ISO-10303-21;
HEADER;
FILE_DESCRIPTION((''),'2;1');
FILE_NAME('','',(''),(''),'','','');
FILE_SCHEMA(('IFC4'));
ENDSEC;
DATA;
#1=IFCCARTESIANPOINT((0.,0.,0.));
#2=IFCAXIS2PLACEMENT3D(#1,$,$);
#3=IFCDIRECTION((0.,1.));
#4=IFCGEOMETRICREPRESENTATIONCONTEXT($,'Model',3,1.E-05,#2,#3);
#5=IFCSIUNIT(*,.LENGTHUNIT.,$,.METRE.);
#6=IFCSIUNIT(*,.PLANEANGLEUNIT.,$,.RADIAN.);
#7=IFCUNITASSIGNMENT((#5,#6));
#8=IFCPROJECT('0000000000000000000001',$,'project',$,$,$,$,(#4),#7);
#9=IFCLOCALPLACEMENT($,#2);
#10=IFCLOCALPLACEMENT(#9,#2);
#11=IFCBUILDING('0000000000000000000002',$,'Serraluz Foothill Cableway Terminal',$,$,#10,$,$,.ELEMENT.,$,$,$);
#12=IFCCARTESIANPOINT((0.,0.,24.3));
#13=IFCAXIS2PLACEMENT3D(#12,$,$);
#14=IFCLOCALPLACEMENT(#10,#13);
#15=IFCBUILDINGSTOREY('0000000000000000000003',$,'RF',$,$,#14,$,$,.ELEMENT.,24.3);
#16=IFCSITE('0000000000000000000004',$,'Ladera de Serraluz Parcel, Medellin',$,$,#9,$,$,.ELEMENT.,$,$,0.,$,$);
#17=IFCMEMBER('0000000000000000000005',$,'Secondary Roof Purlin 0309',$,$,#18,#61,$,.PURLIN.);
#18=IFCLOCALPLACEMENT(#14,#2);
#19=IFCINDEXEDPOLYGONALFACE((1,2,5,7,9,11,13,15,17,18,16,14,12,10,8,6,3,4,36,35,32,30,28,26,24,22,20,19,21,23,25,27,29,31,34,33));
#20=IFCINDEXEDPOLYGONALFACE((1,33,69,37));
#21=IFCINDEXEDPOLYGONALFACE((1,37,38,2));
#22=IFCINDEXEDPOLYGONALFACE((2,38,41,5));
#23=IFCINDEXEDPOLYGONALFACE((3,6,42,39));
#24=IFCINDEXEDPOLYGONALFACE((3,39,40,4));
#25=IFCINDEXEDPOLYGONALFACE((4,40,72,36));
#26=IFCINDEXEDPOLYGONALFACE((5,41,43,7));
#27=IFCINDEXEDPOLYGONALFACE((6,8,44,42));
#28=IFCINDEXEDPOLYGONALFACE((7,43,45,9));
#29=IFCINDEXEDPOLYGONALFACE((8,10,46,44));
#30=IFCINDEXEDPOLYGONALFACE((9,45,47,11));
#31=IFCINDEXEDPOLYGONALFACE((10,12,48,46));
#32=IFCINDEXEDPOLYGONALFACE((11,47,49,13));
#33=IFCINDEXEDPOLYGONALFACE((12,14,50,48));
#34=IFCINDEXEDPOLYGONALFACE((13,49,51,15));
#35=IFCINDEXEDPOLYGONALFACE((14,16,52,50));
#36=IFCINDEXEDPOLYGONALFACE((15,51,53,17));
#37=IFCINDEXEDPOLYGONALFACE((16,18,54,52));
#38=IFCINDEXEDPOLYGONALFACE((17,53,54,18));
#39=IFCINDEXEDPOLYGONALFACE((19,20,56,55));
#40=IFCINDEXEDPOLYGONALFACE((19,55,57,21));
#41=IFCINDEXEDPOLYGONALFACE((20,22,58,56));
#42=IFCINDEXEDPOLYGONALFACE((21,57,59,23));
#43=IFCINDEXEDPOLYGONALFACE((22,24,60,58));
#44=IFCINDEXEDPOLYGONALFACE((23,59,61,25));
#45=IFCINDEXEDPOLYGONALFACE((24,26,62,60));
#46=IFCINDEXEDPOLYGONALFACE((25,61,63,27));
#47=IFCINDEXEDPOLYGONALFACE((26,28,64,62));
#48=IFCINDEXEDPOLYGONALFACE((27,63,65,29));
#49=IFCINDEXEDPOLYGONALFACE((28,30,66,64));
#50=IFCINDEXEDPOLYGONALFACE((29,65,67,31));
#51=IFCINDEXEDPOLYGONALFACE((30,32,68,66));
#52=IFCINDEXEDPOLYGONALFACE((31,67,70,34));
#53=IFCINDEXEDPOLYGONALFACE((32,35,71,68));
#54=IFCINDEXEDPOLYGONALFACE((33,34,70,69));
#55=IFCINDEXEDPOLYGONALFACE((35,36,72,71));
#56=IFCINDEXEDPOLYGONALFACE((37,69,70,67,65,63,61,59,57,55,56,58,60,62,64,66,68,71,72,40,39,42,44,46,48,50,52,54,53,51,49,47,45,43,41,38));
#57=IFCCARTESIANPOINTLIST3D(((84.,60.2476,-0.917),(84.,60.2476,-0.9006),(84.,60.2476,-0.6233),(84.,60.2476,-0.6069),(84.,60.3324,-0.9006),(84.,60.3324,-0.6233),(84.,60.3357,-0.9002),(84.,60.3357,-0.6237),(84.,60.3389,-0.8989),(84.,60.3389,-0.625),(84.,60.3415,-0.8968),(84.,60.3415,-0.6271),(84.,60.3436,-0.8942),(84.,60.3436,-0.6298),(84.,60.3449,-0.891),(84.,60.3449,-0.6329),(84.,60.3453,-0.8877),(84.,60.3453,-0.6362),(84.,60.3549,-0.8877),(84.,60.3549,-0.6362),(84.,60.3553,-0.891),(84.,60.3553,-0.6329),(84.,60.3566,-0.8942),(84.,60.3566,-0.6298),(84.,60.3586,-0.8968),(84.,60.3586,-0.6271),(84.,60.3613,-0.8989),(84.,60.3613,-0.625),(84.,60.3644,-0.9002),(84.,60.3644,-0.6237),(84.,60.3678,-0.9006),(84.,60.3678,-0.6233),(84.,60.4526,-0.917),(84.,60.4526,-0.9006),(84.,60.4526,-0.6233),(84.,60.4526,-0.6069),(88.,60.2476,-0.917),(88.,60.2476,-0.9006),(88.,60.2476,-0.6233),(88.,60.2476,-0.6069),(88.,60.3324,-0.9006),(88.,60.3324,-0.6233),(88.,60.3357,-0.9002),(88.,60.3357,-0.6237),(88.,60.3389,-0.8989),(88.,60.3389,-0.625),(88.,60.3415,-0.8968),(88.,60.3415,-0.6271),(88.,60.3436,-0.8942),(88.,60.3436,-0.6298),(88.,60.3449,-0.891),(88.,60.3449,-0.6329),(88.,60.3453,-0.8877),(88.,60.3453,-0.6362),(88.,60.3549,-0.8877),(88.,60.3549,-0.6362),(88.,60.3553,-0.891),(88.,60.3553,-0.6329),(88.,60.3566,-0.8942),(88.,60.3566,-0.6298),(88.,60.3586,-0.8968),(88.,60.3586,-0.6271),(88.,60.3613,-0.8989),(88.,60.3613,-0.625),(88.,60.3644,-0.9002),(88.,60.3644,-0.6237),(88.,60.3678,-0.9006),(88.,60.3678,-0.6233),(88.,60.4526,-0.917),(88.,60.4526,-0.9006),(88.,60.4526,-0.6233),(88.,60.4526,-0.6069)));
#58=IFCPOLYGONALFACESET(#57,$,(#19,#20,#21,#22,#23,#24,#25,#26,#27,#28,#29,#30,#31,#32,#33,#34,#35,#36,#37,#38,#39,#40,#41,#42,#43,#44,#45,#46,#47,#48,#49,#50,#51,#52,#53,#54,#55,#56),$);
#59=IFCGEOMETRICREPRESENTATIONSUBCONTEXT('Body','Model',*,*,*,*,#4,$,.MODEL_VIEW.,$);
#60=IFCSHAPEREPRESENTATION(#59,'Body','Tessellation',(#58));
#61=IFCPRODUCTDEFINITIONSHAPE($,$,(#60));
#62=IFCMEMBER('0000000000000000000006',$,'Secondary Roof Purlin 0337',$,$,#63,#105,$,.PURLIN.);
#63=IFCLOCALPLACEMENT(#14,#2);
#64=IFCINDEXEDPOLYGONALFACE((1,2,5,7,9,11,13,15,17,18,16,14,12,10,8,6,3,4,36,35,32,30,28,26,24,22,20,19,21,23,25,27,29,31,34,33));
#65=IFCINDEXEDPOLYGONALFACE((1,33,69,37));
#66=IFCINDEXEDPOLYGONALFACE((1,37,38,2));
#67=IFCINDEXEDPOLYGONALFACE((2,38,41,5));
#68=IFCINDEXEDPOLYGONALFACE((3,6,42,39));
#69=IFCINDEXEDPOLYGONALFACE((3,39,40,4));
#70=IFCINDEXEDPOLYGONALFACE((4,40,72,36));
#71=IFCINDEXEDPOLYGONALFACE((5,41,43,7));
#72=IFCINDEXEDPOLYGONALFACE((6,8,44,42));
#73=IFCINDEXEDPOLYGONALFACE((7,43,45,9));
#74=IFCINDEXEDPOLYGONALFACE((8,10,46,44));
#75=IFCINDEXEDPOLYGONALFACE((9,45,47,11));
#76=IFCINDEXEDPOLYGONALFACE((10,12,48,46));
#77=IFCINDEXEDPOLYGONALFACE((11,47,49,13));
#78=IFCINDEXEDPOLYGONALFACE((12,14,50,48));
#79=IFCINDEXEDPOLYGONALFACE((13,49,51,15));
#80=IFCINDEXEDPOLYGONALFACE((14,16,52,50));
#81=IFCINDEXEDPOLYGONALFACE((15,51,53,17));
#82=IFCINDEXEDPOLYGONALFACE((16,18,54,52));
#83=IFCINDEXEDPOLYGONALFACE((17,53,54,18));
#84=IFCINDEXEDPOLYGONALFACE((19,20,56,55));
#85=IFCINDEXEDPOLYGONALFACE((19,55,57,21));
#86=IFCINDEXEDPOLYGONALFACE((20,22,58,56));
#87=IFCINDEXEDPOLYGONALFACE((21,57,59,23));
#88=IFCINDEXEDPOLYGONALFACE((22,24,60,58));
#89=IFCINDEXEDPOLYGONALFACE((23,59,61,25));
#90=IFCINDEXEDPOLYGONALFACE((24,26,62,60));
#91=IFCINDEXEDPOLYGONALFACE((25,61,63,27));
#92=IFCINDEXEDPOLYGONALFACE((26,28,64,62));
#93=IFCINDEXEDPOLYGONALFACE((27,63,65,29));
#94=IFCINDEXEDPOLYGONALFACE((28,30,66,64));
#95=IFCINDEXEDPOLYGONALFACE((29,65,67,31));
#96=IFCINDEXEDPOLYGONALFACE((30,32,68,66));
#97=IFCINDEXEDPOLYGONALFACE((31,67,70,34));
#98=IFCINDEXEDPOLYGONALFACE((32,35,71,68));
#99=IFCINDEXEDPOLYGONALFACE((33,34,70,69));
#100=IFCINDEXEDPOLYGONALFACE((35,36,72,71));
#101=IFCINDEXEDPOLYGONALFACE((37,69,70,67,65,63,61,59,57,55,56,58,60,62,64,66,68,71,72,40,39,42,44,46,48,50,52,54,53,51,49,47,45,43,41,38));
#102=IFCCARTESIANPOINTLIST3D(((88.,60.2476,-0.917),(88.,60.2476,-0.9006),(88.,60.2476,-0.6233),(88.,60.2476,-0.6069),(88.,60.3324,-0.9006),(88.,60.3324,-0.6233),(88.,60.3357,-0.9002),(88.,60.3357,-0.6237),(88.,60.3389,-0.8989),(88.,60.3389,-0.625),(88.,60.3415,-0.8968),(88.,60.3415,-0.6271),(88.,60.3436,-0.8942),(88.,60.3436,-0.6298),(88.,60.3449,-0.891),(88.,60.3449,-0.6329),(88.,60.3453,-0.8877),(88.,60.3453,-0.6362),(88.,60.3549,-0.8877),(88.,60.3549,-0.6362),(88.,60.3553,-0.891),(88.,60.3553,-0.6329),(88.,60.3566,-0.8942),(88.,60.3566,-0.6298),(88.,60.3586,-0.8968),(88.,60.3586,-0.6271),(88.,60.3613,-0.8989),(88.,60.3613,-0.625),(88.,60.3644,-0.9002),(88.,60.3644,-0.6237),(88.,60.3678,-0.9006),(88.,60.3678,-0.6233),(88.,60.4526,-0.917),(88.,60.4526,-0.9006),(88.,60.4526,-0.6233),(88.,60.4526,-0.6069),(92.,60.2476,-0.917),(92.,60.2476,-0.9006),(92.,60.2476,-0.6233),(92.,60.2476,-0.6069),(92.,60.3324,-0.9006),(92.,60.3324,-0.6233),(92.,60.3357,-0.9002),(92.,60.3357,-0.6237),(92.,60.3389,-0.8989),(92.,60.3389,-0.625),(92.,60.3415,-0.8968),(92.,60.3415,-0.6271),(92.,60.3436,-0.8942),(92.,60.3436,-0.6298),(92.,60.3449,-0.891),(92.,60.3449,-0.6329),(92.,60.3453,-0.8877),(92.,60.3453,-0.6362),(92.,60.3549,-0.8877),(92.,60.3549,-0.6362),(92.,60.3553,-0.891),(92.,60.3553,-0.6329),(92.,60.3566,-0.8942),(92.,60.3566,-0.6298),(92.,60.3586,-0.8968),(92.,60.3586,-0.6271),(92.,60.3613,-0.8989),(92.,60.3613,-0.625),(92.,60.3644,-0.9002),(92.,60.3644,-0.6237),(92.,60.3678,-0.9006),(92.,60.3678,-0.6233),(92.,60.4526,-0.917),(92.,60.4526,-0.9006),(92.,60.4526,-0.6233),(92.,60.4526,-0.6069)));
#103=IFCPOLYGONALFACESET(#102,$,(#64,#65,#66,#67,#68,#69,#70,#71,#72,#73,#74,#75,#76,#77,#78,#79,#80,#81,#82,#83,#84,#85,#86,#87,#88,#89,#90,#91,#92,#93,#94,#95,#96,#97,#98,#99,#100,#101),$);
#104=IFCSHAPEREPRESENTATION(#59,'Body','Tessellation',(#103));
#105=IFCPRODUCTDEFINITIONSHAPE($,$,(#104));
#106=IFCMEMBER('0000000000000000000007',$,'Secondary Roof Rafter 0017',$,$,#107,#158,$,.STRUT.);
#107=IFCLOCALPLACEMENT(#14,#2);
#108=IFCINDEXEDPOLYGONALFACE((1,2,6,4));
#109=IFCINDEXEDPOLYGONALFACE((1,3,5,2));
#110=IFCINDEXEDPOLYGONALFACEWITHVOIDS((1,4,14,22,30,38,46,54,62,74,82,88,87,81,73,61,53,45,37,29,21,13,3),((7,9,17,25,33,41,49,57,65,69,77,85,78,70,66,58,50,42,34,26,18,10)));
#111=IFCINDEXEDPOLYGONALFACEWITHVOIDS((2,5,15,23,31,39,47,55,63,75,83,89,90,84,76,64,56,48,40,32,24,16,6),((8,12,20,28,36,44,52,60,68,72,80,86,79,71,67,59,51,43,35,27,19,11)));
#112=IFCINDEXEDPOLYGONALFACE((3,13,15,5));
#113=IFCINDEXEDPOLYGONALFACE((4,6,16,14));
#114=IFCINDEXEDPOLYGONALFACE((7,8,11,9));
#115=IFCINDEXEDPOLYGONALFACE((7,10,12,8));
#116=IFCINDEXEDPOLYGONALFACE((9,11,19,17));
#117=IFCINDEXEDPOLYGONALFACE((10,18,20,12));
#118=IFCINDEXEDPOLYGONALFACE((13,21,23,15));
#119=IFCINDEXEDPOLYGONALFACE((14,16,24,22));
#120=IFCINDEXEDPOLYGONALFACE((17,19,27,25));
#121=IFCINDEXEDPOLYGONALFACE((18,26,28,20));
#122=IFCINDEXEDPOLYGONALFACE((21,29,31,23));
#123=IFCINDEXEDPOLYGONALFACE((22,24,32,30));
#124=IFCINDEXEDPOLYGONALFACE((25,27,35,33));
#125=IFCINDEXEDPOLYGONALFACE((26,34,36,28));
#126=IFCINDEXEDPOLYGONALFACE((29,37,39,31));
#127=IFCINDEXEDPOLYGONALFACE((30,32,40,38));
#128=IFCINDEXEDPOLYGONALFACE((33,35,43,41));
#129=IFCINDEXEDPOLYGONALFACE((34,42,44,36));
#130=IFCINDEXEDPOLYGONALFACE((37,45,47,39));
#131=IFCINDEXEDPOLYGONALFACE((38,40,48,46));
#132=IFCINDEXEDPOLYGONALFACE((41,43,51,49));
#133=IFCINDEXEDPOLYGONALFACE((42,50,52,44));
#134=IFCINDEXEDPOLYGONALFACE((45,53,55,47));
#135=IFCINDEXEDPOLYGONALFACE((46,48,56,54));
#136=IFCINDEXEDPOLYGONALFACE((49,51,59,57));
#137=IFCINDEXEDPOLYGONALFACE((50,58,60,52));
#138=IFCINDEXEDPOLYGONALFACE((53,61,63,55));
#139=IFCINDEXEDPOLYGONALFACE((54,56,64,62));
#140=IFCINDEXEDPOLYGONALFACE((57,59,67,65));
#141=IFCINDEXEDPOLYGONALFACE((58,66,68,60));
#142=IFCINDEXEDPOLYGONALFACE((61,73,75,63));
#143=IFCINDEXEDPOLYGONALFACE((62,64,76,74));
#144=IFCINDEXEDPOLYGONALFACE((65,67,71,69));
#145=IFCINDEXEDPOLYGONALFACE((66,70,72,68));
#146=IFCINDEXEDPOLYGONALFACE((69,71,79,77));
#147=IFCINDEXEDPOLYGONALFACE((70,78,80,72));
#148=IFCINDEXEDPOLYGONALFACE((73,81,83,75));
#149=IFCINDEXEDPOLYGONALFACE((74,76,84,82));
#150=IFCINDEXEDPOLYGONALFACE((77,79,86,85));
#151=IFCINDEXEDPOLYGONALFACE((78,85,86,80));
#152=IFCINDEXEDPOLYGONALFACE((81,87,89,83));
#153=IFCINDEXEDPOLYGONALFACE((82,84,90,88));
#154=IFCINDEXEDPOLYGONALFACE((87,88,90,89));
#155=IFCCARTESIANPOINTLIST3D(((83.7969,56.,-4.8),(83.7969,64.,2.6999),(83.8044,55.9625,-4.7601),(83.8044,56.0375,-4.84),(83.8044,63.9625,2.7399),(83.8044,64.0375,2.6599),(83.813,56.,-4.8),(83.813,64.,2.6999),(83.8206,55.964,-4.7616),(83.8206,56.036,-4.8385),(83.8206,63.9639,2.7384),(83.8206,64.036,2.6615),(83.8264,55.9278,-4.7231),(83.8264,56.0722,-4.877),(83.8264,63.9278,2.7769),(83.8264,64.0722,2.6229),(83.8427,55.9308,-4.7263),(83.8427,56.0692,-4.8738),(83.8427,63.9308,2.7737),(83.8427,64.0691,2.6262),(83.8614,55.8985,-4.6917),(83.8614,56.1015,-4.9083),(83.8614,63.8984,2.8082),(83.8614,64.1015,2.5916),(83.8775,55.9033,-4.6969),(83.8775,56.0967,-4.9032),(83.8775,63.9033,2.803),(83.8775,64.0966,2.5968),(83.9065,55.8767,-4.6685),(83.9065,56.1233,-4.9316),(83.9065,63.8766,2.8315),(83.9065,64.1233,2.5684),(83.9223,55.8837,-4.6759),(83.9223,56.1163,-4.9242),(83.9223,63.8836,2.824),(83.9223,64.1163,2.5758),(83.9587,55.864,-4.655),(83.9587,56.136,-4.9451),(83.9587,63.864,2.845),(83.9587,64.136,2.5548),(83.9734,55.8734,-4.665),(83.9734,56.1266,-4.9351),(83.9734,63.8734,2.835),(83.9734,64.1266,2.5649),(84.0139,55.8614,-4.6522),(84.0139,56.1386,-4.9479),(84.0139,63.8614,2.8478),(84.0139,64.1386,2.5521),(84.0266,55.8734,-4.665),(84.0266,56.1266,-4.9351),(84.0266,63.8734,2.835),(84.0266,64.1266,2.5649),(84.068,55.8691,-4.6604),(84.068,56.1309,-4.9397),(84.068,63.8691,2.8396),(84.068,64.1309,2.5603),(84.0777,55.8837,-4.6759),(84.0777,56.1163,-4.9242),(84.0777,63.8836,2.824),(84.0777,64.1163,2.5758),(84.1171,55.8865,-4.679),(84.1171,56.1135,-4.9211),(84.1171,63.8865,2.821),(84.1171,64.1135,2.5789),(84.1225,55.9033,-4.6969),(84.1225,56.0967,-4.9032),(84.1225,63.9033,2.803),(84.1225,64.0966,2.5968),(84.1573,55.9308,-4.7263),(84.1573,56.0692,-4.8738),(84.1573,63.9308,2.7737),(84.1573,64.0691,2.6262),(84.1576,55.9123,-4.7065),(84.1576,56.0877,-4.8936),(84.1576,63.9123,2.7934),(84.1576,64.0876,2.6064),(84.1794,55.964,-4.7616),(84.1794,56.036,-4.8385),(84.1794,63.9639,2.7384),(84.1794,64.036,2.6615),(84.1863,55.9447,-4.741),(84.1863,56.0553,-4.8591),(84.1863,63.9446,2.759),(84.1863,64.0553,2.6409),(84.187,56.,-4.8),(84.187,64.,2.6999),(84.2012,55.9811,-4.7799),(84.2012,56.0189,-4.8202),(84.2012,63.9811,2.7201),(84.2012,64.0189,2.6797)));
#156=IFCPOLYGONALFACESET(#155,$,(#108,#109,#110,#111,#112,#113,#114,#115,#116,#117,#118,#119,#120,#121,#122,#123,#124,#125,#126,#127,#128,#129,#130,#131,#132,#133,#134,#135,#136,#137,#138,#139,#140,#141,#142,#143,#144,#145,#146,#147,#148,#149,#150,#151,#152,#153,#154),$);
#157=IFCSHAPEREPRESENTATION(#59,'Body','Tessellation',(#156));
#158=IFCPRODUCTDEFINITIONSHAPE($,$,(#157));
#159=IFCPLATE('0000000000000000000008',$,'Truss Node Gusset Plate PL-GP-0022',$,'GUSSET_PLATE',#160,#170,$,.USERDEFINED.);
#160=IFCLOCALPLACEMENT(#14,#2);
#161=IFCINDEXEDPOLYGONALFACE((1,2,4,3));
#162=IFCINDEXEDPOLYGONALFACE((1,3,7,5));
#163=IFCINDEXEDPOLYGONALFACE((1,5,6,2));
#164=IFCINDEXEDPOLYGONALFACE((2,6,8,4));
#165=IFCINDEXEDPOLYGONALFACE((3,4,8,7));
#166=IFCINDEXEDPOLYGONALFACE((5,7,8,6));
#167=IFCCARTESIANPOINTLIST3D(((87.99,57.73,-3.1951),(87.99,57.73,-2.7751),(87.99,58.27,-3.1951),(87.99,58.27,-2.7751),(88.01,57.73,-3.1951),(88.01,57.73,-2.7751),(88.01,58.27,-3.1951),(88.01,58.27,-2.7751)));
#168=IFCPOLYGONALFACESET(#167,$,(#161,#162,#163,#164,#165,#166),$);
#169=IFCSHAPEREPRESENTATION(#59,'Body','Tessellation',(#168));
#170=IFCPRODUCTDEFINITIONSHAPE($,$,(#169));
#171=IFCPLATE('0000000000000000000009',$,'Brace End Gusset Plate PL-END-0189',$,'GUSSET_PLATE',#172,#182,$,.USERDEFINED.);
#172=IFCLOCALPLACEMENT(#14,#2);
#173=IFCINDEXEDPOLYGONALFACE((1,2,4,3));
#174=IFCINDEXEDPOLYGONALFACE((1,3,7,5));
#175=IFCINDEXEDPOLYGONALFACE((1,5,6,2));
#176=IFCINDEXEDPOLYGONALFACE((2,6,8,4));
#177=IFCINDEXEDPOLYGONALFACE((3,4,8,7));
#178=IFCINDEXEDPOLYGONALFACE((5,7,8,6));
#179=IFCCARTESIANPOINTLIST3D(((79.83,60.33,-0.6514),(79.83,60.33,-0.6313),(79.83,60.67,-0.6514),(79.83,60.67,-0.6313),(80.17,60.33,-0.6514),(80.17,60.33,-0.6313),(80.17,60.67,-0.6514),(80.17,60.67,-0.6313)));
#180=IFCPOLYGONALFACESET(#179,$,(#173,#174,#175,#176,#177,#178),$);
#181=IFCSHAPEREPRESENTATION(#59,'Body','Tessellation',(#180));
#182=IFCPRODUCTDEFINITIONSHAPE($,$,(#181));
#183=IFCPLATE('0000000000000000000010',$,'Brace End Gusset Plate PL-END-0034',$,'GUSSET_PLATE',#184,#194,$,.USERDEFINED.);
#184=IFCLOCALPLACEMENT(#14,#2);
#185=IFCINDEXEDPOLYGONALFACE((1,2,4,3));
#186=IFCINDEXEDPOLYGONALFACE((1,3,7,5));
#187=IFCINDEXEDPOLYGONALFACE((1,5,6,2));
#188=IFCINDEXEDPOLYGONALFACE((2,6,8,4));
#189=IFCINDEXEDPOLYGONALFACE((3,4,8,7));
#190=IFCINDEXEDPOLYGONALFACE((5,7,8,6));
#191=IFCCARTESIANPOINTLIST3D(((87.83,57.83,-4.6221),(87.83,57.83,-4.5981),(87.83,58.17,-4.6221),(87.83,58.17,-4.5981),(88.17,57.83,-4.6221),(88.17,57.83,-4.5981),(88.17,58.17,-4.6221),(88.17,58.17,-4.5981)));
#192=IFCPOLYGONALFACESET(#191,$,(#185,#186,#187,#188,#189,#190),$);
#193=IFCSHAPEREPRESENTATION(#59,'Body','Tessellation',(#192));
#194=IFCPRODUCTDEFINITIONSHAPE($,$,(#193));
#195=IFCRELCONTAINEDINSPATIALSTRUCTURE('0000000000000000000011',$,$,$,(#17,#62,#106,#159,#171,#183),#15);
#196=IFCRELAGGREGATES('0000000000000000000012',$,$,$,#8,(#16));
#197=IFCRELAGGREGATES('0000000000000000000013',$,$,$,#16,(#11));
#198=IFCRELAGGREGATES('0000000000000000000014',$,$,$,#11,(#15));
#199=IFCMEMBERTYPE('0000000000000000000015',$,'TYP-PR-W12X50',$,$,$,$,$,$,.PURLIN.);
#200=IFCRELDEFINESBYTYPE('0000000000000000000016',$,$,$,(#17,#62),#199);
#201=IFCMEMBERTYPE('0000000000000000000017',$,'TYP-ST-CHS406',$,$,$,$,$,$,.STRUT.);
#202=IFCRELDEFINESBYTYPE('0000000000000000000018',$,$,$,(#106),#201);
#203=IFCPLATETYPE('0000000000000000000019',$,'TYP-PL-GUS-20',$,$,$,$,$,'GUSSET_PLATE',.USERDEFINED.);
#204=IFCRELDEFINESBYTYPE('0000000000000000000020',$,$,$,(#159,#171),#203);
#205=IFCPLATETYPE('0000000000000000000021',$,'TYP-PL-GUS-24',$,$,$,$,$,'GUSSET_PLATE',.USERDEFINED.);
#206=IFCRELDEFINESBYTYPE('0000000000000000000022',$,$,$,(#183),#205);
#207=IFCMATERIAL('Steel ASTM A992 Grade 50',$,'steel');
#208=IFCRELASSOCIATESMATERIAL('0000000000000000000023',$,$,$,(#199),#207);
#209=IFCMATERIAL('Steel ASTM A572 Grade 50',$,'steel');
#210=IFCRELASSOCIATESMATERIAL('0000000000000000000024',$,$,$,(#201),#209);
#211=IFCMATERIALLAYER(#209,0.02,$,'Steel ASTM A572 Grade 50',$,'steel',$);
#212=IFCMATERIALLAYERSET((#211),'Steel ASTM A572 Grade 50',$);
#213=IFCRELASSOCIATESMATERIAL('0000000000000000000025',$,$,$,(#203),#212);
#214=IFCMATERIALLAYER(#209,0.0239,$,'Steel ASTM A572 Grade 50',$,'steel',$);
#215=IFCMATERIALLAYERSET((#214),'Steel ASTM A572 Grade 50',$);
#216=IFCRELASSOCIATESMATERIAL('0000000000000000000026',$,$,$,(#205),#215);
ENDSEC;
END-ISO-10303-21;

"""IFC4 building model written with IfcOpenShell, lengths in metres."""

from ifc_helpers import new_model, si_unit, direction, frame, origin, origin_2d, place, context, subcontext, project, spatial, rectangle, hollow_circle, i_section, extrude, material, layer, layer_set, material_profile, profile_set, type_object, element, save


model = new_model("IFC4")

# Units and contexts
model_context = context("Model", 3, precision=1e-05, world=origin(), true_north=direction((0.0, 1.0)))
body_context = subcontext(model_context, "Body", "Model", "MODEL_VIEW")
ifc_project = project(units=[si_unit("LENGTHUNIT", "METRE"), si_unit("PLANEANGLEUNIT", "RADIAN")], contexts=[model_context])

# Site, building, storey
site_placement = place(None, origin())
site = spatial("IfcSite", under=ifc_project, at=site_placement, Name="Ladera de Serraluz Parcel, Medellin", CompositionType="ELEMENT", RefElevation=0.0)
building_placement = place(site_placement, origin())
building = spatial("IfcBuilding", under=site, at=building_placement, Name="Serraluz Foothill Cableway Terminal", CompositionType="ELEMENT")
storey_placement = place(building_placement, frame((0.0, 0.0, 24.3)))
storey = spatial("IfcBuildingStorey", under=building, at=storey_placement, Name="RF", CompositionType="ELEMENT", Elevation=24.3)

# Members
ifc_material_1 = material(Name="Steel ASTM A572 Grade 50", Category="steel")
ifc_material_2 = material(Name="Steel ASTM A992 Grade 50", Category="steel")
ifc_material_profile_1 = material_profile(ifc_material_2, i_section(OverallWidth=0.2051, OverallDepth=0.3101, WebThickness=0.0095, FlangeThickness=0.0164, FilletRadius=0.0129, at=origin_2d()), Name="W12X50")
ifc_profile_set_1 = profile_set([ifc_material_profile_1], Name="Steel ASTM A992 Grade 50")
member_type_1 = type_object("IfcMemberType", Name="TYP-PR-W12X50", PredefinedType="PURLIN", material=ifc_profile_set_1)
for number, where, z_axis, x_axis, name in (
    (1, (84.0, 60.3501, -0.762), (1.0, 0.0, 0.0), (0.0, 1.0, 0.0), "Secondary Roof Purlin 0309"),
    (2, (88.0, 60.3501, -0.762), (1.0, 0.0, 0.0), (0.0, 1.0, 0.0), "Secondary Roof Purlin 0337"),
):
    element("IfcMember", number, at=place(storey_placement, frame(where, z_axis=z_axis, x_axis=x_axis)), inside=storey, type_object=member_type_1, Name=name, PredefinedType="PURLIN", context=body_context, shape_type="SweptSolid", body=[
        extrude(i_section(OverallWidth=0.2051, OverallDepth=0.3101, WebThickness=0.0095, FlangeThickness=0.0164, FilletRadius=0.0129, at=origin_2d()), origin(), (0.0, 0.0, 1.0), 4.0),
    ])
ifc_material_profile_2 = material_profile(ifc_material_1, hollow_circle(Radius=0.2031, WallThickness=0.0161, at=origin_2d()), Name="CHS406X16")
ifc_profile_set_2 = profile_set([ifc_material_profile_2], Name="Steel ASTM A572 Grade 50")
member_type_2 = type_object("IfcMemberType", Name="TYP-ST-CHS406", PredefinedType="STRUT", material=ifc_profile_set_2)
member_1_placement = place(storey_placement, frame((84.0, 56.0, -4.8), z_axis=(0.0, 0.729537, 0.683941), x_axis=(-1.0, 0.0, 0.0)))
element("IfcMember", 3, at=member_1_placement, inside=storey, type_object=member_type_2, Name="Secondary Roof Rafter 0017", PredefinedType="STRUT", context=body_context, shape_type="SweptSolid", body=[
    extrude(hollow_circle(Radius=0.2031, WallThickness=0.0161, at=origin_2d()), origin(), (0.0, 0.0, 1.0), 10.9658),
])

# Plates
ifc_layer_1 = layer(ifc_material_1, 0.02, Name="Steel ASTM A572 Grade 50", Category="steel")
ifc_layer_set_1 = layer_set([ifc_layer_1], Name="Steel ASTM A572 Grade 50")
plate_type_1 = type_object("IfcPlateType", Name="TYP-PL-GUS-20", ElementType="GUSSET_PLATE", PredefinedType="USERDEFINED", material=ifc_layer_set_1)
plate_1_placement = place(storey_placement, frame((88.0, 58.0, -3.1951), z_axis=(0.0, 0.0, 1.0), x_axis=(1.0, 0.0, 0.0)))
element("IfcPlate", 4, at=plate_1_placement, inside=storey, type_object=plate_type_1, Name="Truss Node Gusset Plate PL-GP-0022", ObjectType="GUSSET_PLATE", PredefinedType="USERDEFINED", context=body_context, shape_type="SweptSolid", body=[
    extrude(rectangle(XDim=0.02, YDim=0.54, at=origin_2d()), origin(), (0.0, 0.0, 1.0), 0.4199),
])
plate_2_placement = place(storey_placement, frame((80.0, 60.5, -0.6514), z_axis=(0.0, 0.0, 1.0), x_axis=(1.0, 0.0, 0.0)))
element("IfcPlate", 5, at=plate_2_placement, inside=storey, type_object=plate_type_1, Name="Brace End Gusset Plate PL-END-0189", ObjectType="GUSSET_PLATE", PredefinedType="USERDEFINED", context=body_context, shape_type="SweptSolid", body=[
    extrude(rectangle(XDim=0.3401, YDim=0.3401, at=origin_2d()), origin(), (0.0, 0.0, 1.0), 0.02),
])
ifc_layer_2 = layer(ifc_material_1, 0.0239, Name="Steel ASTM A572 Grade 50", Category="steel")
ifc_layer_set_2 = layer_set([ifc_layer_2], Name="Steel ASTM A572 Grade 50")
plate_type_2 = type_object("IfcPlateType", Name="TYP-PL-GUS-24", ElementType="GUSSET_PLATE", PredefinedType="USERDEFINED", material=ifc_layer_set_2)
for number, where, z_axis, x_axis, name in (
    (6, (88.0, 58.0, -4.6221), (0.0, 0.0, 1.0), (1.0, 0.0, 0.0), "Brace End Gusset Plate PL-END-0034"),
):
    element("IfcPlate", number, at=place(storey_placement, frame(where, z_axis=z_axis, x_axis=x_axis)), inside=storey, type_object=plate_type_2, Name=name, ObjectType="GUSSET_PLATE", PredefinedType="USERDEFINED", context=body_context, shape_type="SweptSolid", body=[
        extrude(rectangle(XDim=0.3401, YDim=0.3401, at=origin_2d()), origin(), (0.0, 0.0, 1.0), 0.0239),
    ])

save(model, "model.ifc")
